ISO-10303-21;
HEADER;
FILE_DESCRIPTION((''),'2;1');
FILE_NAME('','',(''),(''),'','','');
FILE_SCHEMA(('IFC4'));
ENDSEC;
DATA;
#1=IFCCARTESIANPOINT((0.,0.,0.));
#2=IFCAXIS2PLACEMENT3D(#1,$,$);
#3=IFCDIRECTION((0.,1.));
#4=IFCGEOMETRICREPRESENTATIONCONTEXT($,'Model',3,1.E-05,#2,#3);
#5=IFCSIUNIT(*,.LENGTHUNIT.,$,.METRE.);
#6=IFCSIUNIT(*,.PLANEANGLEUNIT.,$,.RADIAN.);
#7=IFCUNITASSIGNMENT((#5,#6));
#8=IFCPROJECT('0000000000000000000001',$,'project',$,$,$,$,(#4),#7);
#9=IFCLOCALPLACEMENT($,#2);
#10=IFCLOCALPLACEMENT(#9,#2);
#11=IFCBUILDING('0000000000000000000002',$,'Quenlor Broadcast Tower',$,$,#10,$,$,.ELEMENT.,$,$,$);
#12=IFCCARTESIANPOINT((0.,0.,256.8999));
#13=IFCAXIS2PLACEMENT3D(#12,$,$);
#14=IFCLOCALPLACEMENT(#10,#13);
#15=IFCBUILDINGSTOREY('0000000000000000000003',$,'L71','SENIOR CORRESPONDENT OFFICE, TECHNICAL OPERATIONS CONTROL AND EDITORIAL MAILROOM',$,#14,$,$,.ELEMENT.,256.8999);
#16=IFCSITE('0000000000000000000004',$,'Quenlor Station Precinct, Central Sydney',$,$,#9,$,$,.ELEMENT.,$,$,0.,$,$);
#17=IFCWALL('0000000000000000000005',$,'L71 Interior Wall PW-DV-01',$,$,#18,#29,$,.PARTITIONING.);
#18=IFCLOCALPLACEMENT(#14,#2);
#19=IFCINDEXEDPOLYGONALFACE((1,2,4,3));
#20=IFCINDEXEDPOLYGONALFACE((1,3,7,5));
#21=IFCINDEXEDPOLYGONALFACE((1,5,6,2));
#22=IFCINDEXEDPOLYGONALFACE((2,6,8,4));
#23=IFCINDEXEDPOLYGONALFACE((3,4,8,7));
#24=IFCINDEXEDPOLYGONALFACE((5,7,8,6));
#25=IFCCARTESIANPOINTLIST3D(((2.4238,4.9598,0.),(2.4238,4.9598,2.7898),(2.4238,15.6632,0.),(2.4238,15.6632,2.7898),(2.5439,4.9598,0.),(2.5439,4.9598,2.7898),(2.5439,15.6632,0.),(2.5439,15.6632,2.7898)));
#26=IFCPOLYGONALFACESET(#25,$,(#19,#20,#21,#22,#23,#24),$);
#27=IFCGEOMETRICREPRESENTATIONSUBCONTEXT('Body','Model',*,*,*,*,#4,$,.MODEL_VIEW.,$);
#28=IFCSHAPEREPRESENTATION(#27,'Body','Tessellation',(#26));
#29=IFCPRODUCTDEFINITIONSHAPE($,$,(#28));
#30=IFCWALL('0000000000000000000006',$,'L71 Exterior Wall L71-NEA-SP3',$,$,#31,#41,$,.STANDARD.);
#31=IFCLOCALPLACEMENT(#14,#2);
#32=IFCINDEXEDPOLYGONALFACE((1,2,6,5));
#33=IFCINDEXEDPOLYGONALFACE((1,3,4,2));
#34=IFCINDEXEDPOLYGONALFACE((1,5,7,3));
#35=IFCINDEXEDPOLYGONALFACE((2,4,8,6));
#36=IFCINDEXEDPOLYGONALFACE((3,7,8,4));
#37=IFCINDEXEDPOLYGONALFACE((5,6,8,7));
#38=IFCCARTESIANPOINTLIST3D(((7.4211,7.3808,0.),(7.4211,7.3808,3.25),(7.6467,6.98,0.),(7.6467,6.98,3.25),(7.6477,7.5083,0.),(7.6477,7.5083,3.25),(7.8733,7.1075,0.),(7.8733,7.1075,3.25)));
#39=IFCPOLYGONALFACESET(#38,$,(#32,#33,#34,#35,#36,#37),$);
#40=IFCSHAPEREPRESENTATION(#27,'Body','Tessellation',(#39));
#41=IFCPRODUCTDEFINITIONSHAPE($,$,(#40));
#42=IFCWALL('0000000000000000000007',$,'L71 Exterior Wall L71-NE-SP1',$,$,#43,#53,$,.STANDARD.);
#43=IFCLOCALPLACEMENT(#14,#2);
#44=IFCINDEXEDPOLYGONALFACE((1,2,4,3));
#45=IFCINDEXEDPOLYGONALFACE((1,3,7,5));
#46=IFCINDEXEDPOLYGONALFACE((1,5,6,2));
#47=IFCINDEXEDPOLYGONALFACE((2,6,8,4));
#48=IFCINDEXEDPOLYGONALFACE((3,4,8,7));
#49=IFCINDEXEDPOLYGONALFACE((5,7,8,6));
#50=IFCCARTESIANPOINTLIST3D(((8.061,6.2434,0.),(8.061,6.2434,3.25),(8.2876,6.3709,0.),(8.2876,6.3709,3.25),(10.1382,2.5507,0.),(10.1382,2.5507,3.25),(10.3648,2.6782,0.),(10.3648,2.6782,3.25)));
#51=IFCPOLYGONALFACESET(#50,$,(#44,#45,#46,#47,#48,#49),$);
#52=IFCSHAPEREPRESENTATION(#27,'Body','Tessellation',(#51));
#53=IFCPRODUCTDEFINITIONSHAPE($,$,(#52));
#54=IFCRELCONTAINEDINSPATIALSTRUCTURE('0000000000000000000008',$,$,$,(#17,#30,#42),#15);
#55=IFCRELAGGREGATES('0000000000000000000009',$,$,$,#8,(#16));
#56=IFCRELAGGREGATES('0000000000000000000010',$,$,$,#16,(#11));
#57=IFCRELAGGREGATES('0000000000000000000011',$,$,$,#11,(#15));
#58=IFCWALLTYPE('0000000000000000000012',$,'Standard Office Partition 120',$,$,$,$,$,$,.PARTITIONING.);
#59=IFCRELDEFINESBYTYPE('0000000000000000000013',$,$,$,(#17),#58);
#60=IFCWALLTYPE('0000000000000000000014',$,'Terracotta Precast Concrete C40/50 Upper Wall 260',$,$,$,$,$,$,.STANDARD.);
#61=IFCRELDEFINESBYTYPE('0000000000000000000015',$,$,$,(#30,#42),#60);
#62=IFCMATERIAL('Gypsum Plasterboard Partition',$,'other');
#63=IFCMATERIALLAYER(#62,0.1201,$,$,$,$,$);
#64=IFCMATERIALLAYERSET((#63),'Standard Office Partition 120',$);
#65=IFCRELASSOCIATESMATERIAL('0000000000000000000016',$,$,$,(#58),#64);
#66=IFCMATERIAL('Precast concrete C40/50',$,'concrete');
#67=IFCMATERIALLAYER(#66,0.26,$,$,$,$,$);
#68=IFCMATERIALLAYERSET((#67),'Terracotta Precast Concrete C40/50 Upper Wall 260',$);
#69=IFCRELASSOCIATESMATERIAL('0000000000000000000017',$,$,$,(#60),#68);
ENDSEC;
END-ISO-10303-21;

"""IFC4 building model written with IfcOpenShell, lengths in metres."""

from ifc_helpers import new_model, si_unit, direction, frame, frame_2d, origin, place, context, subcontext, project, spatial, rectangle, extrude, material, layer, layer_set, type_object, element, save


model = new_model("IFC4")

# Units and contexts
model_context = context("Model", 3, precision=1e-05, world=origin(), true_north=direction((0.0, 1.0)))
body_context = subcontext(model_context, "Body", "Model", "MODEL_VIEW")
ifc_project = project(units=[si_unit("LENGTHUNIT", "METRE"), si_unit("PLANEANGLEUNIT", "RADIAN")], contexts=[model_context])

# Site, building, storey
site_placement = place(None, origin())
site = spatial("IfcSite", under=ifc_project, at=site_placement, Name="Quenlor Station Precinct, Central Sydney", CompositionType="ELEMENT", RefElevation=0.0)
building_placement = place(site_placement, origin())
building = spatial("IfcBuilding", under=site, at=building_placement, Name="Quenlor Broadcast Tower", CompositionType="ELEMENT")
storey_placement = place(building_placement, frame((0.0, 0.0, 256.8999)))
storey = spatial("IfcBuildingStorey", under=building, at=storey_placement, Name="L71", Description="SENIOR CORRESPONDENT OFFICE, TECHNICAL OPERATIONS CONTROL AND EDITORIAL MAILROOM", CompositionType="ELEMENT", Elevation=256.8999)

# Walls
ifc_material_1 = material(Name="Gypsum Plasterboard Partition", Category="other")
ifc_layer_1 = layer(ifc_material_1, 0.1201)
ifc_layer_set_1 = layer_set([ifc_layer_1], Name="Standard Office Partition 120")
wall_type_1 = type_object("IfcWallType", Name="Standard Office Partition 120", PredefinedType="PARTITIONING", material=ifc_layer_set_1)
wall_1_placement = place(storey_placement, frame((2.4839, 4.96, 0.0), z_axis=(0.0, 0.0, 1.0), x_axis=(0.0, 1.0, 0.0)))
element("IfcWall", 1, at=wall_1_placement, inside=storey, type_object=wall_type_1, Name="L71 Interior Wall PW-DV-01", PredefinedType="PARTITIONING", context=body_context, shape_type="SweptSolid", body=[
    extrude(rectangle(XDim=10.7034, YDim=0.1201, at=frame_2d((5.3516, 0.0))), origin(), (0.0, 0.0, 1.0), 2.7898),
])
ifc_material_2 = material(Name="Precast concrete C40/50", Category="concrete")
ifc_layer_2 = layer(ifc_material_2, 0.26)
ifc_layer_set_2 = layer_set([ifc_layer_2], Name="Terracotta Precast Concrete C40/50 Upper Wall 260")
wall_type_2 = type_object("IfcWallType", Name="Terracotta Precast Concrete C40/50 Upper Wall 260", PredefinedType="STANDARD", material=ifc_layer_set_2)
wall_2_placement = place(storey_placement, frame((7.5344, 7.4446, 0.0), z_axis=(0.0, 0.0, 1.0), x_axis=(0.490412, -0.87149, 0.0)))
element("IfcWall", 2, at=wall_2_placement, inside=storey, type_object=wall_type_2, Name="L71 Exterior Wall L71-NEA-SP3", PredefinedType="STANDARD", context=body_context, shape_type="SweptSolid", body=[
    extrude(rectangle(XDim=0.46, YDim=0.26, at=frame_2d((0.23, 0.0))), origin(), (0.0, 0.0, 1.0), 3.25),
])
wall_3_placement = place(storey_placement, frame((8.1743, 6.3071, 0.0), z_axis=(0.0, 0.0, 1.0), x_axis=(0.490269, -0.871571, 0.0)))
element("IfcWall", 3, at=wall_3_placement, inside=storey, type_object=wall_type_2, Name="L71 Exterior Wall L71-NE-SP1", PredefinedType="STANDARD", context=body_context, shape_type="SweptSolid", body=[
    extrude(rectangle(XDim=4.2368, YDim=0.26, at=frame_2d((2.1184, 0.0))), origin(), (0.0, 0.0, 1.0), 3.25),
])

save(model, "model.ifc")
